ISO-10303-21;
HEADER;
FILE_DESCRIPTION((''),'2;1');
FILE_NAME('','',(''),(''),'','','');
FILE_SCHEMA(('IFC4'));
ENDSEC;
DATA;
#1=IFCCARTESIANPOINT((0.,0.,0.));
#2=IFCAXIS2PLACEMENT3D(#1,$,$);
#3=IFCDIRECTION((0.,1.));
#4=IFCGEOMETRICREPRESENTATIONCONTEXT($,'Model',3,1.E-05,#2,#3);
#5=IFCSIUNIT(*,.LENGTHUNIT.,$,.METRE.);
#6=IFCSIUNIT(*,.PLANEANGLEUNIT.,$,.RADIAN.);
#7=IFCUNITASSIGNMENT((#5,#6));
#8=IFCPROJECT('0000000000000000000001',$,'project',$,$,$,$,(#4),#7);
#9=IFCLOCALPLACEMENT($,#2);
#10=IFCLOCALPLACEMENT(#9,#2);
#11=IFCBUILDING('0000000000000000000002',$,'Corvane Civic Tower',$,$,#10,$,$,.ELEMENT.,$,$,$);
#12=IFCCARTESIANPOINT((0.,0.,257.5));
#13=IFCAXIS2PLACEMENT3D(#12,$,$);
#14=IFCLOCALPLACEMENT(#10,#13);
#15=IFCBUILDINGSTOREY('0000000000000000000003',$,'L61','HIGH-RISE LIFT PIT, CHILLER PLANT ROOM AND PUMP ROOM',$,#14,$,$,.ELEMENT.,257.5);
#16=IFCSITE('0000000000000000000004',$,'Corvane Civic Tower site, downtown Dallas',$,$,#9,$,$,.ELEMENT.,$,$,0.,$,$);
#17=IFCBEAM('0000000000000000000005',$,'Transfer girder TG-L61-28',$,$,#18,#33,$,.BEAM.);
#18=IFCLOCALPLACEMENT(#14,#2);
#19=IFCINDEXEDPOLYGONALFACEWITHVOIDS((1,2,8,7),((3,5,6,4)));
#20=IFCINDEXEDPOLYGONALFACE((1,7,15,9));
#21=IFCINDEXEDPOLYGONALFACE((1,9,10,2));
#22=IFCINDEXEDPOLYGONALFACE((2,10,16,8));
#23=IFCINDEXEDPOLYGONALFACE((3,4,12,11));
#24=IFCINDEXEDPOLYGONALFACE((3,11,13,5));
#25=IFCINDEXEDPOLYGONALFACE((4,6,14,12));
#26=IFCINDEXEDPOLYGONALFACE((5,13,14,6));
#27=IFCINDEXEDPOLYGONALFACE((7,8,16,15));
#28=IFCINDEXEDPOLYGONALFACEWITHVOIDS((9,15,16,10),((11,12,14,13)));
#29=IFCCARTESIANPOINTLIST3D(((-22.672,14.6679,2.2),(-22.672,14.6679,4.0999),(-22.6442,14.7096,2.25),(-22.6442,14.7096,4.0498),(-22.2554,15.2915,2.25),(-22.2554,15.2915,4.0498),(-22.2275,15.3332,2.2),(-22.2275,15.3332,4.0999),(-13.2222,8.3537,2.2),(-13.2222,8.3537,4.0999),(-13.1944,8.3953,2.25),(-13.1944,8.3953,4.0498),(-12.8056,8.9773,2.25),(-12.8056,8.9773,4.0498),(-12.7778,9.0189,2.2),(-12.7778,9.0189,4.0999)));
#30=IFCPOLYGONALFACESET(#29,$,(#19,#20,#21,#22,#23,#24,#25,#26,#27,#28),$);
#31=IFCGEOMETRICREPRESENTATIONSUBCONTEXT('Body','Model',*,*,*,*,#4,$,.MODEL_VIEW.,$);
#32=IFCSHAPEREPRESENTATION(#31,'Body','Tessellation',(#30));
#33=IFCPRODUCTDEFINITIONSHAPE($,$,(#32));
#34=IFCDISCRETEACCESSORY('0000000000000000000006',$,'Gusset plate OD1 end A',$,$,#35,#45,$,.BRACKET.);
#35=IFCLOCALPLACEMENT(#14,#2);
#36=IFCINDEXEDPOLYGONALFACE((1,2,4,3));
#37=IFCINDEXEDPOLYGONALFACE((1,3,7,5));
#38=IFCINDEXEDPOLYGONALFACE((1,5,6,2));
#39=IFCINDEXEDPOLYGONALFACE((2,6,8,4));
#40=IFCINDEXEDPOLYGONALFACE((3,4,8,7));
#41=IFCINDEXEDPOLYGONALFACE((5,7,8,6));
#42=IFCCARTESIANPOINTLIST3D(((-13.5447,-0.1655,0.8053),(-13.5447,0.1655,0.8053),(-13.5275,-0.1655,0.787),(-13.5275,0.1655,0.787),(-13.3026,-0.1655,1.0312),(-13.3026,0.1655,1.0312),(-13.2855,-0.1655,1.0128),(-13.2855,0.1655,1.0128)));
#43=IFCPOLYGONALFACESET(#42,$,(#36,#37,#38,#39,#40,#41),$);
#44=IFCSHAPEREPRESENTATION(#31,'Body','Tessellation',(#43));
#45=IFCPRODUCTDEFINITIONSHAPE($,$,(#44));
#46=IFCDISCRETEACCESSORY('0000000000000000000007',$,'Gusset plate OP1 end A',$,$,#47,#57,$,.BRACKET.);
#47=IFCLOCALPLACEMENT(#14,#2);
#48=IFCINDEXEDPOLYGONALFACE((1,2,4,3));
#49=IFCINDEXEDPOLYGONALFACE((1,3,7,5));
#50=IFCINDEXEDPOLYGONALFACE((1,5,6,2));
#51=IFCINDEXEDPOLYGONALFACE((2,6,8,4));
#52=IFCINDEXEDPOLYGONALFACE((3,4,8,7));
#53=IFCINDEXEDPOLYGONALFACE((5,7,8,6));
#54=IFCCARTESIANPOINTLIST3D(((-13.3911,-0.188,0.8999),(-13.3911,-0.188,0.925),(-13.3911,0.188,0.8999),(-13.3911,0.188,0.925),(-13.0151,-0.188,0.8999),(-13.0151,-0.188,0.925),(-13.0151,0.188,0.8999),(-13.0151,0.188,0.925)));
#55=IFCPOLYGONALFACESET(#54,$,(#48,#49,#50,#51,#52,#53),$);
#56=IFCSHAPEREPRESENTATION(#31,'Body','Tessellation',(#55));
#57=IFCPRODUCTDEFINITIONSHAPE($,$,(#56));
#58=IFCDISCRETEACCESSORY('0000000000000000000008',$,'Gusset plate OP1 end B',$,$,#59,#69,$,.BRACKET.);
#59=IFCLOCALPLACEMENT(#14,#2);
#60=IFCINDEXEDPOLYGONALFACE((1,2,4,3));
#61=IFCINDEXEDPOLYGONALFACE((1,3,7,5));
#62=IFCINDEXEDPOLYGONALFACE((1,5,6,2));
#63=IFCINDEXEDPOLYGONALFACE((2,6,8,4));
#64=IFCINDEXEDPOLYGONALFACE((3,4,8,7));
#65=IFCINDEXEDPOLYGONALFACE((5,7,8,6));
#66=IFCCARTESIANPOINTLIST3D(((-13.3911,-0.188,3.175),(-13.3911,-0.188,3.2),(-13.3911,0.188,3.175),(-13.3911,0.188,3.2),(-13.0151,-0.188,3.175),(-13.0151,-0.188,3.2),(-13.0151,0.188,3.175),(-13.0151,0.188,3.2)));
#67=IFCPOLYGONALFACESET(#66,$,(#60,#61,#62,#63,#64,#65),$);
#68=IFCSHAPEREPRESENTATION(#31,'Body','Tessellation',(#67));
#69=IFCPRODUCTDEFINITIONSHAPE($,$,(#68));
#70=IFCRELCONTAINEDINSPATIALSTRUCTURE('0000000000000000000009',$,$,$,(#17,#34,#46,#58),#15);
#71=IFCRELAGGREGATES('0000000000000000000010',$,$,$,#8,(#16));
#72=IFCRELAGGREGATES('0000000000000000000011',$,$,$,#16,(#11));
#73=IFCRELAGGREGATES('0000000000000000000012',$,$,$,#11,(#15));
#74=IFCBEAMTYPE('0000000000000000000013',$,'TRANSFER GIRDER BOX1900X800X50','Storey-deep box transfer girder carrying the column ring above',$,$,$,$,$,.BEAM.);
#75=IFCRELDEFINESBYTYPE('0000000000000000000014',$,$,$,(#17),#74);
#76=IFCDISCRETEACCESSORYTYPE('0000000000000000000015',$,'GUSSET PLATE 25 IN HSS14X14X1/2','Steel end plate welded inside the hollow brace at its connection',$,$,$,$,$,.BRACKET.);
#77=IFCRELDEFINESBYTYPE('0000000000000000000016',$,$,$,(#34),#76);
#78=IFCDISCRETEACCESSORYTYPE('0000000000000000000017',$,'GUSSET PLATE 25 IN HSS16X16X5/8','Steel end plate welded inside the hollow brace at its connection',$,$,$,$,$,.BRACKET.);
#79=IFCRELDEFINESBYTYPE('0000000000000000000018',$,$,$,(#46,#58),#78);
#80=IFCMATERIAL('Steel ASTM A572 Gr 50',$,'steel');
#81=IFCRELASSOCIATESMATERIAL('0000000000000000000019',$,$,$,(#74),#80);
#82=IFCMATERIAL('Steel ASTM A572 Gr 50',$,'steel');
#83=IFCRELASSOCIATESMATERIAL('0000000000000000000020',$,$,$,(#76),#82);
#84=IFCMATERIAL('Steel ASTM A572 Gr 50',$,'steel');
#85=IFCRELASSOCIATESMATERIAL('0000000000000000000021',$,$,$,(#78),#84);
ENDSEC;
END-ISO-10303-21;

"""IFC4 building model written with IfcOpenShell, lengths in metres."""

from ifc_helpers import new_model, si_unit, direction, frame, origin, origin_2d, place, context, subcontext, project, spatial, rectangle, hollow_rectangle, extrude, material, material_profile, profile_set, type_object, element, save


model = new_model("IFC4")

# Units and contexts
model_context = context("Model", 3, precision=1e-05, world=origin(), true_north=direction((0.0, 1.0)))
body_context = subcontext(model_context, "Body", "Model", "MODEL_VIEW")
ifc_project = project(units=[si_unit("LENGTHUNIT", "METRE"), si_unit("PLANEANGLEUNIT", "RADIAN")], contexts=[model_context])

# Site, building, storey
site_placement = place(None, origin())
site = spatial("IfcSite", under=ifc_project, at=site_placement, Name="Corvane Civic Tower site, downtown Dallas", CompositionType="ELEMENT", RefElevation=0.0)
building_placement = place(site_placement, origin())
building = spatial("IfcBuilding", under=site, at=building_placement, Name="Corvane Civic Tower", CompositionType="ELEMENT")
storey_placement = place(building_placement, frame((0.0, 0.0, 257.5)))
storey = spatial("IfcBuildingStorey", under=building, at=storey_placement, Name="L61", Description="HIGH-RISE LIFT PIT, CHILLER PLANT ROOM AND PUMP ROOM", CompositionType="ELEMENT", Elevation=257.5)

# Beam
ifc_material_1 = material(Name="Steel ASTM A572 Gr 50", Category="steel")
ifc_material_profile_1 = material_profile(ifc_material_1, hollow_rectangle(XDim=0.8, YDim=1.8999, WallThickness=0.05, at=origin_2d()), Name="BOX1900X800X50")
ifc_profile_set_1 = profile_set([ifc_material_profile_1], Name="Steel ASTM A572 Gr 50")
beam_type_1 = type_object("IfcBeamType", Name="TRANSFER GIRDER BOX1900X800X50", Description="Storey-deep box transfer girder carrying the column ring above", PredefinedType="BEAM", material=ifc_profile_set_1)
beam_1_placement = place(storey_placement, frame((-13.0, 8.6863, 3.1499), z_axis=(-0.831465, 0.555577, 0.0), x_axis=(-0.555577, -0.831465, 0.0)))
element("IfcBeam", 1, at=beam_1_placement, inside=storey, type_object=beam_type_1, Name="Transfer girder TG-L61-28", PredefinedType="BEAM", context=body_context, shape_type="SweptSolid", body=[
    extrude(hollow_rectangle(XDim=0.8, YDim=1.8999, WallThickness=0.05, at=origin_2d()), origin(), (0.0, 0.0, 1.0), 11.3652),
])

# Discrete accessories
ifc_material_2 = material(Name="Steel ASTM A572 Gr 50", Category="steel")
ifc_material_profile_2 = material_profile(ifc_material_2, rectangle(XDim=0.3311, YDim=0.3311, at=origin_2d()), Name="GUSSET PLATE 25 IN HSS14X14X1/2")
ifc_profile_set_2 = profile_set([ifc_material_profile_2], Name="Steel ASTM A572 Gr 50")
discrete_accessory_type_1 = type_object("IfcDiscreteAccessoryType", Name="GUSSET PLATE 25 IN HSS14X14X1/2", Description="Steel end plate welded inside the hollow brace at its connection", PredefinedType="BRACKET", material=ifc_profile_set_2)
discrete_accessory_1_placement = place(storey_placement, frame((-13.4065, 0.0, 0.8999), z_axis=(-0.682318, 0.0, 0.731055), x_axis=(0.0, -1.0, 0.0)))
element("IfcDiscreteAccessory", 2, at=discrete_accessory_1_placement, inside=storey, type_object=discrete_accessory_type_1, Name="Gusset plate OD1 end A", PredefinedType="BRACKET", context=body_context, shape_type="SweptSolid", body=[
    extrude(rectangle(XDim=0.3311, YDim=0.3311, at=origin_2d()), origin(), (0.0, 0.0, 1.0), 0.0251),
])
ifc_material_3 = material(Name="Steel ASTM A572 Gr 50", Category="steel")
ifc_material_profile_3 = material_profile(ifc_material_3, rectangle(XDim=0.376, YDim=0.376, at=origin_2d()), Name="GUSSET PLATE 25 IN HSS16X16X5/8")
ifc_profile_set_3 = profile_set([ifc_material_profile_3], Name="Steel ASTM A572 Gr 50")
discrete_accessory_type_2 = type_object("IfcDiscreteAccessoryType", Name="GUSSET PLATE 25 IN HSS16X16X5/8", Description="Steel end plate welded inside the hollow brace at its connection", PredefinedType="BRACKET", material=ifc_profile_set_3)
discrete_accessory_2_placement = place(storey_placement, frame((-13.2031, 0.0, 0.8999), z_axis=(0.0, 0.0, 1.0), x_axis=(1.0, 0.0, 0.0)))
element("IfcDiscreteAccessory", 3, at=discrete_accessory_2_placement, inside=storey, type_object=discrete_accessory_type_2, Name="Gusset plate OP1 end A", PredefinedType="BRACKET", context=body_context, shape_type="SweptSolid", body=[
    extrude(rectangle(XDim=0.376, YDim=0.376, at=origin_2d()), origin(), (0.0, 0.0, 1.0), 0.0251),
])
discrete_accessory_3_placement = place(storey_placement, frame((-13.2031, 0.0, 3.2), z_axis=(0.0, 0.0, -1.0), x_axis=(1.0, 0.0, 0.0)))
element("IfcDiscreteAccessory", 4, at=discrete_accessory_3_placement, inside=storey, type_object=discrete_accessory_type_2, Name="Gusset plate OP1 end B", PredefinedType="BRACKET", context=body_context, shape_type="SweptSolid", body=[
    extrude(rectangle(XDim=0.376, YDim=0.376, at=origin_2d()), origin(), (0.0, 0.0, 1.0), 0.0249),
])

save(model, "model.ifc")
